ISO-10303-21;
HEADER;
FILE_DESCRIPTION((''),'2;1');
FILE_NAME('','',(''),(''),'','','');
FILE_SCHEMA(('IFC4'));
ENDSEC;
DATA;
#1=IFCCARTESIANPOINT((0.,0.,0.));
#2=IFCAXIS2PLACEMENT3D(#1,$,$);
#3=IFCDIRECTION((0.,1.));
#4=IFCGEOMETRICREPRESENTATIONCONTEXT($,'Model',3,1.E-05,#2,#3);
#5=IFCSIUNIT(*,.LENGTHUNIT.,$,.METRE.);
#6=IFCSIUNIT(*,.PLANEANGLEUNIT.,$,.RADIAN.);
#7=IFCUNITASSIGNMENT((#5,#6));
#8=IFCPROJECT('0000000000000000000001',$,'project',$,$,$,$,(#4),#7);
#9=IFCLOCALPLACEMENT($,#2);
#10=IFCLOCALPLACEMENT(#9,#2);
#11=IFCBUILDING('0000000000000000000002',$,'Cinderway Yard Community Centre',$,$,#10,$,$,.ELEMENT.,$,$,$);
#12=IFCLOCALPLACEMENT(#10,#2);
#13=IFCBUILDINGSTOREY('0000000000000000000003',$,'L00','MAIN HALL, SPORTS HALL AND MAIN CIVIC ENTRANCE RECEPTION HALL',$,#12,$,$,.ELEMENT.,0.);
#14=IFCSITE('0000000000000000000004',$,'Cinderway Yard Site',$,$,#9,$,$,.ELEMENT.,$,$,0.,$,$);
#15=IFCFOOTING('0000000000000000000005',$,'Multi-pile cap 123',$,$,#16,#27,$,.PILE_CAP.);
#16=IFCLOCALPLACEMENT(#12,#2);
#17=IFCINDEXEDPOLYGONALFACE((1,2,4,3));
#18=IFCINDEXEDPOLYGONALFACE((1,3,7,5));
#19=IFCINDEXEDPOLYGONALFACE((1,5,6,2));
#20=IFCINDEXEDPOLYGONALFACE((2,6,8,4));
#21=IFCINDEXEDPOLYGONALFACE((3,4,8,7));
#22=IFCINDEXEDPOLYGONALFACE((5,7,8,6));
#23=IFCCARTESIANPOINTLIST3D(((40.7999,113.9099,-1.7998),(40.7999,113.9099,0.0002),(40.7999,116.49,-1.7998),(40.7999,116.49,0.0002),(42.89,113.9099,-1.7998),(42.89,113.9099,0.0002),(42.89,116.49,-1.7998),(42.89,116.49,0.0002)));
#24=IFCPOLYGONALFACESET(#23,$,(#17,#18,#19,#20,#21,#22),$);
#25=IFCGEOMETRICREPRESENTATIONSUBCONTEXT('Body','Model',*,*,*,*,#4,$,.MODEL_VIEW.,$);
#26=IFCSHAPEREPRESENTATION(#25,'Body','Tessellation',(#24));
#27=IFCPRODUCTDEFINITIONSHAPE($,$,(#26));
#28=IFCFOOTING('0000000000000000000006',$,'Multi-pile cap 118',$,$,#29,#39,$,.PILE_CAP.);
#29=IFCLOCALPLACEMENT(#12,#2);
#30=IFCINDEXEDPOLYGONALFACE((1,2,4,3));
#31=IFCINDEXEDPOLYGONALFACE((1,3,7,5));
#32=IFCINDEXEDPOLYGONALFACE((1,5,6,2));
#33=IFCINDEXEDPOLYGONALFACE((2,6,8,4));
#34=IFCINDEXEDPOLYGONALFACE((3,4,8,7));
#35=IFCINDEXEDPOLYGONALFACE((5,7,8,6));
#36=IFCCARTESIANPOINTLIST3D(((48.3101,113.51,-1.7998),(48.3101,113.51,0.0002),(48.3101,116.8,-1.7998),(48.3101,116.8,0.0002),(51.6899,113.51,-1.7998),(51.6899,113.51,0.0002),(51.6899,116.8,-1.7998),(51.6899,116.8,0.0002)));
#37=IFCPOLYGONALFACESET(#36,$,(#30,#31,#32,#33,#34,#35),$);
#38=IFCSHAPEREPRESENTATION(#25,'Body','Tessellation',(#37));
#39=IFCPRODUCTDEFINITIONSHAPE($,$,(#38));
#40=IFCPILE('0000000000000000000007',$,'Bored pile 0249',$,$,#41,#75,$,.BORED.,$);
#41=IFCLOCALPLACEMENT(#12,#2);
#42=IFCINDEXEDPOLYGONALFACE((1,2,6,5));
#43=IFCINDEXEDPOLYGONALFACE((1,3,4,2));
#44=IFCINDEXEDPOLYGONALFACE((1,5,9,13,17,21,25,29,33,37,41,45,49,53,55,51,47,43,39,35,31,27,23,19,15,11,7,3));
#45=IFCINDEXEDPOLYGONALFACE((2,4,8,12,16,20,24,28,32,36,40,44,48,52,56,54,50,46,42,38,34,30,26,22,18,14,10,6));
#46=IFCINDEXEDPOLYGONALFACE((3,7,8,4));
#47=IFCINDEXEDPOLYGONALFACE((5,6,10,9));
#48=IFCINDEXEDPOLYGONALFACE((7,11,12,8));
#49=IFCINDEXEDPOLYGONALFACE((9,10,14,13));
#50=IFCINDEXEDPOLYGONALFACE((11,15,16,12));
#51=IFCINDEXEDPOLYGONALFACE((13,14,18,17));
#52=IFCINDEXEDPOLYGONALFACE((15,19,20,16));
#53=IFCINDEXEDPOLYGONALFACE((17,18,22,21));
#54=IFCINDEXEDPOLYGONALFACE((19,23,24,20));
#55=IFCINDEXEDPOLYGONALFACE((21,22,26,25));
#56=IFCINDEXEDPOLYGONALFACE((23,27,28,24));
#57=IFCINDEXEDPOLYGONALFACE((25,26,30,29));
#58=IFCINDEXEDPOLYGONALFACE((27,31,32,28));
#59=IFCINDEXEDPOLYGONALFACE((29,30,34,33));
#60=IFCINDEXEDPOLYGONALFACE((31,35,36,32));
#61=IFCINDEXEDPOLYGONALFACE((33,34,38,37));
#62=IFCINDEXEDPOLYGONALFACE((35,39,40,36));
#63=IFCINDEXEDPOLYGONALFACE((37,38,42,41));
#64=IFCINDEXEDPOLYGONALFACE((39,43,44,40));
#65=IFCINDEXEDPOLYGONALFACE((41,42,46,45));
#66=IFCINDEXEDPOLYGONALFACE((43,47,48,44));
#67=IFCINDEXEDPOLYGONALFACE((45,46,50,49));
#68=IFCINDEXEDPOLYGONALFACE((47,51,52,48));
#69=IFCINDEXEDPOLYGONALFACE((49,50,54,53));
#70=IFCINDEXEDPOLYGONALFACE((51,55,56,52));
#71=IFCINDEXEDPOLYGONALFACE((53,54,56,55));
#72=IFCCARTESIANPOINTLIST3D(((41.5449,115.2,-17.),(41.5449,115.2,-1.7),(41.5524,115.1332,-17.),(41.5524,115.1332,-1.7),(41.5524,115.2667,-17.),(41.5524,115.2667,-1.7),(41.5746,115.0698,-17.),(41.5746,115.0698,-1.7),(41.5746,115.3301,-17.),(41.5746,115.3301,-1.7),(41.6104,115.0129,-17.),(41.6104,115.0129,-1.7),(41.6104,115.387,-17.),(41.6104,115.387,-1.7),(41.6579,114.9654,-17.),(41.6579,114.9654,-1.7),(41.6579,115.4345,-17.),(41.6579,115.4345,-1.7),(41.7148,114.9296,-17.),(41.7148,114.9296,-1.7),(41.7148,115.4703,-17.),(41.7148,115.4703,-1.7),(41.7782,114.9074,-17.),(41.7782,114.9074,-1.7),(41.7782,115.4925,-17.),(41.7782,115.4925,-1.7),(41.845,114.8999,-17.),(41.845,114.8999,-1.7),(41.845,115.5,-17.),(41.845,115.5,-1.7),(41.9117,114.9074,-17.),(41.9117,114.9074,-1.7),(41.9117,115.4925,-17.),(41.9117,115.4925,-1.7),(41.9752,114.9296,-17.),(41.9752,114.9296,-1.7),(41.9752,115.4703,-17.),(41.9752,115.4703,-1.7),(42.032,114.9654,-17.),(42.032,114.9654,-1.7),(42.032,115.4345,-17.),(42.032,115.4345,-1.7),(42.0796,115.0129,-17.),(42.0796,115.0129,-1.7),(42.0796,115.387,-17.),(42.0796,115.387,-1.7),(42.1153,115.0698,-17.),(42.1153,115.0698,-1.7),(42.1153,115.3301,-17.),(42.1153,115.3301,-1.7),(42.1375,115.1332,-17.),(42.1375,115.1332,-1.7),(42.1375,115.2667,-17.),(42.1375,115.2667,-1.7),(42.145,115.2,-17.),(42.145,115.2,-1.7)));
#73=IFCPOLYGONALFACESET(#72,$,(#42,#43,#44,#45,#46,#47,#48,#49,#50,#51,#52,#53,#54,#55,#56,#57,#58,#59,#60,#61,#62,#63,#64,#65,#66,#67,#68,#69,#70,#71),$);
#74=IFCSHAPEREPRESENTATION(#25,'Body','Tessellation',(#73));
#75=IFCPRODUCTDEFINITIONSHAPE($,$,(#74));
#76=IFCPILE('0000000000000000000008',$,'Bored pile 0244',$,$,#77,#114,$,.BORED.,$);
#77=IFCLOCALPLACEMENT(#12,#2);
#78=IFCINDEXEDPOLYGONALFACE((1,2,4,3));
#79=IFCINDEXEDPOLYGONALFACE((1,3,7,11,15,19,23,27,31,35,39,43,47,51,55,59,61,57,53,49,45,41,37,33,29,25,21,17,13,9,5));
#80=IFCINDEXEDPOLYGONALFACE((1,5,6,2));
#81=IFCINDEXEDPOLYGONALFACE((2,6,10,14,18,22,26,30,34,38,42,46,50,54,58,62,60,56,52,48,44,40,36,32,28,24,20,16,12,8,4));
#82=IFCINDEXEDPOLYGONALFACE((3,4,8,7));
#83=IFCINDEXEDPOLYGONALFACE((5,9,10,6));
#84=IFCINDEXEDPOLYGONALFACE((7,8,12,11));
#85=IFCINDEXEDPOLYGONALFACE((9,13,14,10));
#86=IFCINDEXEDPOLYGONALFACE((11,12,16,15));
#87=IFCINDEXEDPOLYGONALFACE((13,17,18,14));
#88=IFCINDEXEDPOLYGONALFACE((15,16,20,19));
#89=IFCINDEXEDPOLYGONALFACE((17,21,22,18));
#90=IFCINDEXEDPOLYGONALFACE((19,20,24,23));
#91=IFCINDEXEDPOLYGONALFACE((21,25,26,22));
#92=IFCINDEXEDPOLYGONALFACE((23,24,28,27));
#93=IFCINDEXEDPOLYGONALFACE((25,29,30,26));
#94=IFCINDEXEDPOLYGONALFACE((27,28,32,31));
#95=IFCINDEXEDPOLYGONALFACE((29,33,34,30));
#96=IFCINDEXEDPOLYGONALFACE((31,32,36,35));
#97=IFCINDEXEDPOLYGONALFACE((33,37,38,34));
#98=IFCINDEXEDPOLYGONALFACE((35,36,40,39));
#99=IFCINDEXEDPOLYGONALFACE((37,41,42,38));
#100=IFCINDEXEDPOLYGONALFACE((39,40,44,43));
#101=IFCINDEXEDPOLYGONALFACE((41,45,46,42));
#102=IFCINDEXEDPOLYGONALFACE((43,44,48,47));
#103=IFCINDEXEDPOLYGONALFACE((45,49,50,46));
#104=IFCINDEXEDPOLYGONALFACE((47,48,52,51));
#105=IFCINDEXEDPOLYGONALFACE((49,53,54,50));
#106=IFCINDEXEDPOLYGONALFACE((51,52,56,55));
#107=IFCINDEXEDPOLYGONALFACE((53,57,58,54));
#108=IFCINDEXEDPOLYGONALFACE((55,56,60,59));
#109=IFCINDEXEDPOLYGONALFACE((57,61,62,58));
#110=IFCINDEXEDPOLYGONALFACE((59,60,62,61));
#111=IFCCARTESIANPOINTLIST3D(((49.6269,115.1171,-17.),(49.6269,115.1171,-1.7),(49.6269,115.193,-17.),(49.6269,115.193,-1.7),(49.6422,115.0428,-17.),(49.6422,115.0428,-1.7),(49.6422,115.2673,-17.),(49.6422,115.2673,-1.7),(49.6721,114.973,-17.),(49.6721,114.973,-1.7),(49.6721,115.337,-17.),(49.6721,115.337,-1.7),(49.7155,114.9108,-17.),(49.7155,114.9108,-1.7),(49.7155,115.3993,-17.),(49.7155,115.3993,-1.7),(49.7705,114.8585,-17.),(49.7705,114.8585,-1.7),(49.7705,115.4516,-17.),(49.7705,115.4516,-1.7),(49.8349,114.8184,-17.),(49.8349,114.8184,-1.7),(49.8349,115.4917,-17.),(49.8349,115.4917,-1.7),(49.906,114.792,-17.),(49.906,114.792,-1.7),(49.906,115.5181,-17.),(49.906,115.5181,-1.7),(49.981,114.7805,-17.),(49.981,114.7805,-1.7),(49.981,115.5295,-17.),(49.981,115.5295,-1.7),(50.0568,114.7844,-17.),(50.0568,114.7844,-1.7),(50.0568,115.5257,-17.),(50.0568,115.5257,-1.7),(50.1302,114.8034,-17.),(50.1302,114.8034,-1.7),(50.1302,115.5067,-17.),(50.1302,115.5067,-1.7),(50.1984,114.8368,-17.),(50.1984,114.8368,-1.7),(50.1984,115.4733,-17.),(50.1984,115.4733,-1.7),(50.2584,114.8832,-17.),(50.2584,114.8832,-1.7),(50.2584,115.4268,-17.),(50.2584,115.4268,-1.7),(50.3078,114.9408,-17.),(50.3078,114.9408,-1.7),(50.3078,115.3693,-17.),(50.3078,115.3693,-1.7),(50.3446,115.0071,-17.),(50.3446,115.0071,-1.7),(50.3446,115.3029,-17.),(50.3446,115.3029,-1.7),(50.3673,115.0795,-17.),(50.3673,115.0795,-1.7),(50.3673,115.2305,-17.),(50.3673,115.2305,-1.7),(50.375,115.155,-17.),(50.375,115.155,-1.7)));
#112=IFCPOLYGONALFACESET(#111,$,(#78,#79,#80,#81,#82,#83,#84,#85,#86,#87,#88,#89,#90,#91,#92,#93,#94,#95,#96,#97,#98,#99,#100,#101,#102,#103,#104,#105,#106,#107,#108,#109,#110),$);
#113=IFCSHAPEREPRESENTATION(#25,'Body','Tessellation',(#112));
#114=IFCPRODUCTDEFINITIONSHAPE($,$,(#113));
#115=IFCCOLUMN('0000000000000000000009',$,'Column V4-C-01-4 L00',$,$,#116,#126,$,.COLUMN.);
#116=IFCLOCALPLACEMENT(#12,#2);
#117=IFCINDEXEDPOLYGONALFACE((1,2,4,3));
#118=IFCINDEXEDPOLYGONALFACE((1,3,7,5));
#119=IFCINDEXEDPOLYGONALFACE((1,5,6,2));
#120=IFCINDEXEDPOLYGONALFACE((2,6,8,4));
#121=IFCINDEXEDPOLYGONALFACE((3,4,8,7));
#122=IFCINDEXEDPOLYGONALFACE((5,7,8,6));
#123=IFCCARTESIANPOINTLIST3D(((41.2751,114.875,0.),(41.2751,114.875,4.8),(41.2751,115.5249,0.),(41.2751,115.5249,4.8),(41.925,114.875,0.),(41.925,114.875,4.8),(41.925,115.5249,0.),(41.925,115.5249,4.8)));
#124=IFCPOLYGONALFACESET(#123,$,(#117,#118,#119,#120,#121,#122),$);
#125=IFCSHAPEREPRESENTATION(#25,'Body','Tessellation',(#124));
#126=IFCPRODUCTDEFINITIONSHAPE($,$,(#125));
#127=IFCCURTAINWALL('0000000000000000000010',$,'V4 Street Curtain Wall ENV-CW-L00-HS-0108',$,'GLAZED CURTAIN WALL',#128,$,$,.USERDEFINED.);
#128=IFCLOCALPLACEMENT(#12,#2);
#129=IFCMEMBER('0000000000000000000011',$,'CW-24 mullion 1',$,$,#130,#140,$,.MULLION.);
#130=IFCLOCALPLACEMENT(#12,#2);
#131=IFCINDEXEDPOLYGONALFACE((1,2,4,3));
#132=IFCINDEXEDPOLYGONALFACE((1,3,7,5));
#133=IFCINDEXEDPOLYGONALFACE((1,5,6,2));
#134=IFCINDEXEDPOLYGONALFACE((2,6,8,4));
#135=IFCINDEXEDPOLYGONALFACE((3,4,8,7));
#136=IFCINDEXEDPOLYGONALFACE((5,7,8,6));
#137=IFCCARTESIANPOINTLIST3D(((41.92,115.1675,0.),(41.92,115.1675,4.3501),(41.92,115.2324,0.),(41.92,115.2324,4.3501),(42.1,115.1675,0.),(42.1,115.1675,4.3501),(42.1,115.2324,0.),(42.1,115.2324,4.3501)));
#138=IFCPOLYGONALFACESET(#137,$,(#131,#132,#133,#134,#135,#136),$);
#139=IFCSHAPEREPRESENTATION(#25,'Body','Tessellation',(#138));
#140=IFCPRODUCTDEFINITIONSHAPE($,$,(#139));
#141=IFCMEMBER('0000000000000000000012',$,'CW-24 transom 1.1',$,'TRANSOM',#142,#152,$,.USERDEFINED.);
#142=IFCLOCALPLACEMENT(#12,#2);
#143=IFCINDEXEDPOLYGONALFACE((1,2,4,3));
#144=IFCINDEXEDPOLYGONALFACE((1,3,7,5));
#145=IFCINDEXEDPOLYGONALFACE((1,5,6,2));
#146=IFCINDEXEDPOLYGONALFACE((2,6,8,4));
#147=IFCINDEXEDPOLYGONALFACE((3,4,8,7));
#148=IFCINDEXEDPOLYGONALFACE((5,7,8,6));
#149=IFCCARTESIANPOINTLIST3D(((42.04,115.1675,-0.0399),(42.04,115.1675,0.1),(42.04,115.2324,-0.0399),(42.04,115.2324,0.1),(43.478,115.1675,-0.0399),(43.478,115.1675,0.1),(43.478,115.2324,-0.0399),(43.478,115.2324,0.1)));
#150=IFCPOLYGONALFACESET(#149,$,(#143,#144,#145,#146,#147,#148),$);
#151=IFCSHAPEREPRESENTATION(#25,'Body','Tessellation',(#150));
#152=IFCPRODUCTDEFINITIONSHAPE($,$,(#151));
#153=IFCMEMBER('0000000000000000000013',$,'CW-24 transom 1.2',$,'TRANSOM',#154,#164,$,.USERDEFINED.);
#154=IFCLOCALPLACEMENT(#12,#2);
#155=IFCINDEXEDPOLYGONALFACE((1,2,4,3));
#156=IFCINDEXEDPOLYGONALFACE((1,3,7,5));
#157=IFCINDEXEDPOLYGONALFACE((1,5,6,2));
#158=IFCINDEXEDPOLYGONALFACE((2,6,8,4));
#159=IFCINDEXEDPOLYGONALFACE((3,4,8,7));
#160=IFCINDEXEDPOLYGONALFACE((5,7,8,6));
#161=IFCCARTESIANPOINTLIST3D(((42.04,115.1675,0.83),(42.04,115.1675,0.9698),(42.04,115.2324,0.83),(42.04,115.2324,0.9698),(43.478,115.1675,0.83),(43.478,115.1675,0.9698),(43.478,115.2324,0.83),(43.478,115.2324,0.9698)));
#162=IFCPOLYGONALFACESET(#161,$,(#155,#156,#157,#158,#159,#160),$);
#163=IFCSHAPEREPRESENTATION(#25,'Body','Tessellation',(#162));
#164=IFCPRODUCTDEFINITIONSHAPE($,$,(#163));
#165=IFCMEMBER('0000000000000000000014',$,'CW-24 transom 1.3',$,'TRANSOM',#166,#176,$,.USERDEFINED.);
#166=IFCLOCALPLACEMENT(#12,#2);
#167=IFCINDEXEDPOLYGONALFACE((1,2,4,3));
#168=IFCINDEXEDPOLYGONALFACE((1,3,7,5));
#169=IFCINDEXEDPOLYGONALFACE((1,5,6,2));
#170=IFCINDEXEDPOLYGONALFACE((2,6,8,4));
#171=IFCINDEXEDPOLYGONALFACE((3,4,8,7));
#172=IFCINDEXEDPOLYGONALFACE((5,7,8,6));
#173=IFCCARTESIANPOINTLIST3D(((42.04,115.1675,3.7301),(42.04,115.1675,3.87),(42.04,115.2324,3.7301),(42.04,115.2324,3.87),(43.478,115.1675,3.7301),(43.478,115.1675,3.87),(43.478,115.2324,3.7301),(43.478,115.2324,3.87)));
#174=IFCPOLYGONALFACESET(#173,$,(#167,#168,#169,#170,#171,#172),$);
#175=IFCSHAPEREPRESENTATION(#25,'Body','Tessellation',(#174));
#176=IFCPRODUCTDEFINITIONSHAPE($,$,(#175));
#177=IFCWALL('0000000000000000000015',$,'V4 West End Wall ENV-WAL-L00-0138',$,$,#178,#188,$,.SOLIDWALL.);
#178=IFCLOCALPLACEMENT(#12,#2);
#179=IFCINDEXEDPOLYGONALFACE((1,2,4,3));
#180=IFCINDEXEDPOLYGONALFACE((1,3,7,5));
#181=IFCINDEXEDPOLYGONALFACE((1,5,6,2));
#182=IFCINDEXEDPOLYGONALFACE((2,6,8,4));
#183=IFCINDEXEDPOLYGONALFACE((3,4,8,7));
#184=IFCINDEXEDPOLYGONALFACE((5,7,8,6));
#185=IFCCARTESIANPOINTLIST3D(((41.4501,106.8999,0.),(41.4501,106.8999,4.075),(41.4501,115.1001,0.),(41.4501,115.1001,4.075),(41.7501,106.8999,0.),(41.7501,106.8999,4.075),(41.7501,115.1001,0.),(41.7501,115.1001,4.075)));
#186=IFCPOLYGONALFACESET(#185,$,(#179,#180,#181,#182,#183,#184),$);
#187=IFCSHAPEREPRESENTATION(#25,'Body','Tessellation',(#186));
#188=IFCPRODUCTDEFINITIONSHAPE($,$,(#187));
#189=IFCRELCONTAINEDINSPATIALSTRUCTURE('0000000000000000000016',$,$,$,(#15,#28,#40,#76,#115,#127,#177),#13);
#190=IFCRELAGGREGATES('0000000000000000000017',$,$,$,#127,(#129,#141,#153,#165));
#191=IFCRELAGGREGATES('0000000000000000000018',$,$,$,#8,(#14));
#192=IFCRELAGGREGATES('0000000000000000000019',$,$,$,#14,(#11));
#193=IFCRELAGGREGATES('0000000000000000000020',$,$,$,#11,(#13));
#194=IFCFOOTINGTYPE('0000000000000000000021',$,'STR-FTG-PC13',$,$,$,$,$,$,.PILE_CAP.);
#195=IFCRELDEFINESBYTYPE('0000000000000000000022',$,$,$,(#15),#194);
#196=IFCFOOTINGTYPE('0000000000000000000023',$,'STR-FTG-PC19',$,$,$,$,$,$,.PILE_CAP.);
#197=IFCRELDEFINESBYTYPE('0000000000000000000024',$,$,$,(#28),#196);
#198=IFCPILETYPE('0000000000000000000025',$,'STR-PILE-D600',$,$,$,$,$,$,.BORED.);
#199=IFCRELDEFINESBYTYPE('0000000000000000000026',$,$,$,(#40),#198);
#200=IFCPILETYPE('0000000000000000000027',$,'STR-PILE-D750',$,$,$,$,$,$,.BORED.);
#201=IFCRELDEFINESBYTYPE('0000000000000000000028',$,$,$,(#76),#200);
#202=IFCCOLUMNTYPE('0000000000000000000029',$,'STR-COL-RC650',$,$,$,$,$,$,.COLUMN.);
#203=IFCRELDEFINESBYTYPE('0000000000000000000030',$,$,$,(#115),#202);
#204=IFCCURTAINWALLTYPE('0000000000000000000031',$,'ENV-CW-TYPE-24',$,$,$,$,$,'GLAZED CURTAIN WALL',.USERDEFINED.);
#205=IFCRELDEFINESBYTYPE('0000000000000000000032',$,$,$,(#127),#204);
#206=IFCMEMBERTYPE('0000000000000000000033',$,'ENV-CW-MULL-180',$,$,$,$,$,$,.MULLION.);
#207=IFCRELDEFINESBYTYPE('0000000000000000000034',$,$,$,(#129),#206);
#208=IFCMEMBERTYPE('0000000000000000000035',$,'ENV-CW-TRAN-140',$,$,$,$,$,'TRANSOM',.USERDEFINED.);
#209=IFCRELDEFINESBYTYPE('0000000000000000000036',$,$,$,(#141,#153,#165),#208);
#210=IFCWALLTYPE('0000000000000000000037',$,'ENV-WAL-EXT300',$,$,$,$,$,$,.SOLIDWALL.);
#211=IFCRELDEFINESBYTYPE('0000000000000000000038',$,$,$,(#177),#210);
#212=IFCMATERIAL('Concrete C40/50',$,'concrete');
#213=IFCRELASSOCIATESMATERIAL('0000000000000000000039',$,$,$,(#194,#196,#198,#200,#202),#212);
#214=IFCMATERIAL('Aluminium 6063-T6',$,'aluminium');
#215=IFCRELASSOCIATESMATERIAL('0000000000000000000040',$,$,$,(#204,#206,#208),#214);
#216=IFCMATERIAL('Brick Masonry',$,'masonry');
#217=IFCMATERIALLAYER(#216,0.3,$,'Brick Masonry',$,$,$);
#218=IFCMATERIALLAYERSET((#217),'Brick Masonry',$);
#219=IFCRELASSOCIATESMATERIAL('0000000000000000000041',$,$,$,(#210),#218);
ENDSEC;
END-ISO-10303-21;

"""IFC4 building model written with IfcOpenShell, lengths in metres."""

from ifc_helpers import new_model, si_unit, direction, frame, frame_2d, origin, origin_2d, place, context, subcontext, project, spatial, rectangle, circle, extrude, material, layer, layer_set, material_profile, profile_set, type_object, element, aggregate, save


model = new_model("IFC4")

# Units and contexts
model_context = context("Model", 3, precision=1e-05, world=origin(), true_north=direction((0.0, 1.0)))
body_context = subcontext(model_context, "Body", "Model", "MODEL_VIEW")
ifc_project = project(units=[si_unit("LENGTHUNIT", "METRE"), si_unit("PLANEANGLEUNIT", "RADIAN")], contexts=[model_context])

# Site, building, storey
site_placement = place(None, origin())
site = spatial("IfcSite", under=ifc_project, at=site_placement, Name="Cinderway Yard Site", CompositionType="ELEMENT", RefElevation=0.0)
building_placement = place(site_placement, origin())
building = spatial("IfcBuilding", under=site, at=building_placement, Name="Cinderway Yard Community Centre", CompositionType="ELEMENT")
storey_placement = place(building_placement, origin())
storey = spatial("IfcBuildingStorey", under=building, at=storey_placement, Name="L00", Description="MAIN HALL, SPORTS HALL AND MAIN CIVIC ENTRANCE RECEPTION HALL", CompositionType="ELEMENT", Elevation=0.0)

# Footings
ifc_material_1 = material(Name="Concrete C40/50", Category="concrete")
footing_type_1 = type_object("IfcFootingType", Name="STR-FTG-PC13", PredefinedType="PILE_CAP", material=ifc_material_1)
footing_1_placement = place(storey_placement, frame((41.845, 115.2, -1.7998), z_axis=(0.0, 0.0, 1.0), x_axis=(1.0, 0.0, 0.0)))
element("IfcFooting", 1, at=footing_1_placement, inside=storey, type_object=footing_type_1, Name="Multi-pile cap 123", PredefinedType="PILE_CAP", context=body_context, shape_type="SweptSolid", body=[
    extrude(rectangle(XDim=2.0901, YDim=2.5801, at=origin_2d()), origin(), (0.0, 0.0, 1.0), 1.8),
])
footing_type_2 = type_object("IfcFootingType", Name="STR-FTG-PC19", PredefinedType="PILE_CAP", material=ifc_material_1)
footing_2_placement = place(storey_placement, frame((50.0, 115.155, -1.7998), z_axis=(0.0, 0.0, 1.0), x_axis=(1.0, 0.0, 0.0)))
element("IfcFooting", 2, at=footing_2_placement, inside=storey, type_object=footing_type_2, Name="Multi-pile cap 118", PredefinedType="PILE_CAP", context=body_context, shape_type="SweptSolid", body=[
    extrude(rectangle(XDim=3.3799, YDim=3.29, at=origin_2d()), origin(), (0.0, 0.0, 1.0), 1.8),
])

# Piles
ifc_material_profile_1 = material_profile(ifc_material_1, circle(Radius=0.3, at=origin_2d()), Name="Concrete C40/50")
ifc_profile_set_1 = profile_set([ifc_material_profile_1], Name="Concrete C40/50")
pile_type_1 = type_object("IfcPileType", Name="STR-PILE-D600", PredefinedType="BORED", material=ifc_profile_set_1)
pile_1_placement = place(storey_placement, frame((41.845, 115.2, -1.7), z_axis=(0.0, 0.0, -1.0), x_axis=(1.0, 0.0, 0.0)))
element("IfcPile", 3, at=pile_1_placement, inside=storey, type_object=pile_type_1, Name="Bored pile 0249", PredefinedType="BORED", context=body_context, shape_type="SweptSolid", body=[
    extrude(circle(Radius=0.3, at=origin_2d()), origin(), (0.0, 0.0, 1.0), 15.3),
])
ifc_material_profile_2 = material_profile(ifc_material_1, circle(Radius=0.375, at=origin_2d()), Name="Concrete C40/50")
ifc_profile_set_2 = profile_set([ifc_material_profile_2], Name="Concrete C40/50")
pile_type_2 = type_object("IfcPileType", Name="STR-PILE-D750", PredefinedType="BORED", material=ifc_profile_set_2)
pile_2_placement = place(storey_placement, frame((50.0, 115.155, -1.7), z_axis=(0.0, 0.0, -1.0), x_axis=(1.0, 0.0, 0.0)))
element("IfcPile", 4, at=pile_2_placement, inside=storey, type_object=pile_type_2, Name="Bored pile 0244", PredefinedType="BORED", context=body_context, shape_type="SweptSolid", body=[
    extrude(circle(Radius=0.375, at=origin_2d()), origin(), (0.0, 0.0, 1.0), 15.3),
])

# Column
ifc_material_profile_3 = material_profile(ifc_material_1, rectangle(XDim=0.6499, YDim=0.6499, at=origin_2d()), Name="Concrete C40/50")
ifc_profile_set_3 = profile_set([ifc_material_profile_3], Name="Concrete C40/50")
column_type = type_object("IfcColumnType", Name="STR-COL-RC650", PredefinedType="COLUMN", material=ifc_profile_set_3)
column_placement = place(storey_placement, frame((41.6001, 115.2, 0.0), z_axis=(0.0, 0.0, 1.0), x_axis=(1.0, 0.0, 0.0)))
element("IfcColumn", 5, at=column_placement, inside=storey, type_object=column_type, Name="Column V4-C-01-4 L00", PredefinedType="COLUMN", context=body_context, shape_type="SweptSolid", body=[
    extrude(rectangle(XDim=0.6499, YDim=0.6499, at=origin_2d()), origin(), (0.0, 0.0, 1.0), 4.8),
])

# Curtain wall, members
ifc_material_2 = material(Name="Aluminium 6063-T6", Category="aluminium")
curtain_wall_type = type_object("IfcCurtainWallType", Name="ENV-CW-TYPE-24", ElementType="GLAZED CURTAIN WALL", PredefinedType="USERDEFINED", material=ifc_material_2)
curtain_wall_placement = place(storey_placement, origin())
curtain_wall = element("IfcCurtainWall", 6, at=curtain_wall_placement, inside=storey, type_object=curtain_wall_type, Name="V4 Street Curtain Wall ENV-CW-L00-HS-0108", ObjectType="GLAZED CURTAIN WALL", PredefinedType="USERDEFINED")
ifc_material_profile_4 = material_profile(ifc_material_2, rectangle(XDim=0.0649, YDim=0.1799, at=origin_2d()), Name="Aluminium 6063-T6")
ifc_profile_set_4 = profile_set([ifc_material_profile_4], Name="Aluminium 6063-T6")
member_type_1 = type_object("IfcMemberType", Name="ENV-CW-MULL-180", PredefinedType="MULLION", material=ifc_profile_set_4)
member_1_placement = place(storey_placement, frame((42.01, 115.2, 0.0), z_axis=(0.0, 0.0, 1.0), x_axis=(0.0, 1.0, 0.0)))
member_1 = element("IfcMember", 7, at=member_1_placement, type_object=member_type_1, Name="CW-24 mullion 1", PredefinedType="MULLION", context=body_context, shape_type="SweptSolid", body=[
    extrude(rectangle(XDim=0.0649, YDim=0.1799, at=origin_2d()), origin(), (0.0, 0.0, 1.0), 4.3501),
])
ifc_material_profile_5 = material_profile(ifc_material_2, rectangle(XDim=0.0649, YDim=0.1399, at=origin_2d()), Name="Aluminium 6063-T6")
ifc_profile_set_5 = profile_set([ifc_material_profile_5], Name="Aluminium 6063-T6")
member_type_2 = type_object("IfcMemberType", Name="ENV-CW-TRAN-140", ElementType="TRANSOM", PredefinedType="USERDEFINED", material=ifc_profile_set_5)
member_2_placement = place(storey_placement, frame((42.04, 115.2, 0.03), z_axis=(1.0, 0.0, 0.0), x_axis=(0.0, 1.0, 0.0)))
member_2 = element("IfcMember", 8, at=member_2_placement, type_object=member_type_2, Name="CW-24 transom 1.1", ObjectType="TRANSOM", PredefinedType="USERDEFINED", context=body_context, shape_type="SweptSolid", body=[
    extrude(rectangle(XDim=0.0649, YDim=0.1399, at=origin_2d()), origin(), (0.0, 0.0, 1.0), 1.438),
])
member_3_placement = place(storey_placement, frame((42.04, 115.2, 0.8999), z_axis=(1.0, 0.0, 0.0), x_axis=(0.0, 1.0, 0.0)))
member_3 = element("IfcMember", 9, at=member_3_placement, type_object=member_type_2, Name="CW-24 transom 1.2", ObjectType="TRANSOM", PredefinedType="USERDEFINED", context=body_context, shape_type="SweptSolid", body=[
    extrude(rectangle(XDim=0.0649, YDim=0.1399, at=origin_2d()), origin(), (0.0, 0.0, 1.0), 1.438),
])
member_4_placement = place(storey_placement, frame((42.04, 115.2, 3.8), z_axis=(1.0, 0.0, 0.0), x_axis=(0.0, 1.0, 0.0)))
member_4 = element("IfcMember", 10, at=member_4_placement, type_object=member_type_2, Name="CW-24 transom 1.3", ObjectType="TRANSOM", PredefinedType="USERDEFINED", context=body_context, shape_type="SweptSolid", body=[
    extrude(rectangle(XDim=0.0649, YDim=0.1399, at=origin_2d()), origin(), (0.0, 0.0, 1.0), 1.438),
])
aggregate(curtain_wall, [member_1, member_2, member_3, member_4])

# Wall
ifc_material_3 = material(Name="Brick Masonry", Category="masonry")
ifc_layer = layer(ifc_material_3, 0.3, Name="Brick Masonry")
ifc_layer_set = layer_set([ifc_layer], Name="Brick Masonry")
wall_type = type_object("IfcWallType", Name="ENV-WAL-EXT300", PredefinedType="SOLIDWALL", material=ifc_layer_set)
wall_placement = place(storey_placement, frame((41.6001, 106.8999, 0.0), z_axis=(0.0, 0.0, 1.0), x_axis=(0.0, 1.0, 0.0)))
element("IfcWall", 11, at=wall_placement, inside=storey, type_object=wall_type, Name="V4 West End Wall ENV-WAL-L00-0138", PredefinedType="SOLIDWALL", context=body_context, shape_type="SweptSolid", body=[
    extrude(rectangle(XDim=8.2002, YDim=0.3, at=frame_2d((4.1001, 0.0))), origin(), (0.0, 0.0, 1.0), 4.075),
])

save(model, "model.ifc")
